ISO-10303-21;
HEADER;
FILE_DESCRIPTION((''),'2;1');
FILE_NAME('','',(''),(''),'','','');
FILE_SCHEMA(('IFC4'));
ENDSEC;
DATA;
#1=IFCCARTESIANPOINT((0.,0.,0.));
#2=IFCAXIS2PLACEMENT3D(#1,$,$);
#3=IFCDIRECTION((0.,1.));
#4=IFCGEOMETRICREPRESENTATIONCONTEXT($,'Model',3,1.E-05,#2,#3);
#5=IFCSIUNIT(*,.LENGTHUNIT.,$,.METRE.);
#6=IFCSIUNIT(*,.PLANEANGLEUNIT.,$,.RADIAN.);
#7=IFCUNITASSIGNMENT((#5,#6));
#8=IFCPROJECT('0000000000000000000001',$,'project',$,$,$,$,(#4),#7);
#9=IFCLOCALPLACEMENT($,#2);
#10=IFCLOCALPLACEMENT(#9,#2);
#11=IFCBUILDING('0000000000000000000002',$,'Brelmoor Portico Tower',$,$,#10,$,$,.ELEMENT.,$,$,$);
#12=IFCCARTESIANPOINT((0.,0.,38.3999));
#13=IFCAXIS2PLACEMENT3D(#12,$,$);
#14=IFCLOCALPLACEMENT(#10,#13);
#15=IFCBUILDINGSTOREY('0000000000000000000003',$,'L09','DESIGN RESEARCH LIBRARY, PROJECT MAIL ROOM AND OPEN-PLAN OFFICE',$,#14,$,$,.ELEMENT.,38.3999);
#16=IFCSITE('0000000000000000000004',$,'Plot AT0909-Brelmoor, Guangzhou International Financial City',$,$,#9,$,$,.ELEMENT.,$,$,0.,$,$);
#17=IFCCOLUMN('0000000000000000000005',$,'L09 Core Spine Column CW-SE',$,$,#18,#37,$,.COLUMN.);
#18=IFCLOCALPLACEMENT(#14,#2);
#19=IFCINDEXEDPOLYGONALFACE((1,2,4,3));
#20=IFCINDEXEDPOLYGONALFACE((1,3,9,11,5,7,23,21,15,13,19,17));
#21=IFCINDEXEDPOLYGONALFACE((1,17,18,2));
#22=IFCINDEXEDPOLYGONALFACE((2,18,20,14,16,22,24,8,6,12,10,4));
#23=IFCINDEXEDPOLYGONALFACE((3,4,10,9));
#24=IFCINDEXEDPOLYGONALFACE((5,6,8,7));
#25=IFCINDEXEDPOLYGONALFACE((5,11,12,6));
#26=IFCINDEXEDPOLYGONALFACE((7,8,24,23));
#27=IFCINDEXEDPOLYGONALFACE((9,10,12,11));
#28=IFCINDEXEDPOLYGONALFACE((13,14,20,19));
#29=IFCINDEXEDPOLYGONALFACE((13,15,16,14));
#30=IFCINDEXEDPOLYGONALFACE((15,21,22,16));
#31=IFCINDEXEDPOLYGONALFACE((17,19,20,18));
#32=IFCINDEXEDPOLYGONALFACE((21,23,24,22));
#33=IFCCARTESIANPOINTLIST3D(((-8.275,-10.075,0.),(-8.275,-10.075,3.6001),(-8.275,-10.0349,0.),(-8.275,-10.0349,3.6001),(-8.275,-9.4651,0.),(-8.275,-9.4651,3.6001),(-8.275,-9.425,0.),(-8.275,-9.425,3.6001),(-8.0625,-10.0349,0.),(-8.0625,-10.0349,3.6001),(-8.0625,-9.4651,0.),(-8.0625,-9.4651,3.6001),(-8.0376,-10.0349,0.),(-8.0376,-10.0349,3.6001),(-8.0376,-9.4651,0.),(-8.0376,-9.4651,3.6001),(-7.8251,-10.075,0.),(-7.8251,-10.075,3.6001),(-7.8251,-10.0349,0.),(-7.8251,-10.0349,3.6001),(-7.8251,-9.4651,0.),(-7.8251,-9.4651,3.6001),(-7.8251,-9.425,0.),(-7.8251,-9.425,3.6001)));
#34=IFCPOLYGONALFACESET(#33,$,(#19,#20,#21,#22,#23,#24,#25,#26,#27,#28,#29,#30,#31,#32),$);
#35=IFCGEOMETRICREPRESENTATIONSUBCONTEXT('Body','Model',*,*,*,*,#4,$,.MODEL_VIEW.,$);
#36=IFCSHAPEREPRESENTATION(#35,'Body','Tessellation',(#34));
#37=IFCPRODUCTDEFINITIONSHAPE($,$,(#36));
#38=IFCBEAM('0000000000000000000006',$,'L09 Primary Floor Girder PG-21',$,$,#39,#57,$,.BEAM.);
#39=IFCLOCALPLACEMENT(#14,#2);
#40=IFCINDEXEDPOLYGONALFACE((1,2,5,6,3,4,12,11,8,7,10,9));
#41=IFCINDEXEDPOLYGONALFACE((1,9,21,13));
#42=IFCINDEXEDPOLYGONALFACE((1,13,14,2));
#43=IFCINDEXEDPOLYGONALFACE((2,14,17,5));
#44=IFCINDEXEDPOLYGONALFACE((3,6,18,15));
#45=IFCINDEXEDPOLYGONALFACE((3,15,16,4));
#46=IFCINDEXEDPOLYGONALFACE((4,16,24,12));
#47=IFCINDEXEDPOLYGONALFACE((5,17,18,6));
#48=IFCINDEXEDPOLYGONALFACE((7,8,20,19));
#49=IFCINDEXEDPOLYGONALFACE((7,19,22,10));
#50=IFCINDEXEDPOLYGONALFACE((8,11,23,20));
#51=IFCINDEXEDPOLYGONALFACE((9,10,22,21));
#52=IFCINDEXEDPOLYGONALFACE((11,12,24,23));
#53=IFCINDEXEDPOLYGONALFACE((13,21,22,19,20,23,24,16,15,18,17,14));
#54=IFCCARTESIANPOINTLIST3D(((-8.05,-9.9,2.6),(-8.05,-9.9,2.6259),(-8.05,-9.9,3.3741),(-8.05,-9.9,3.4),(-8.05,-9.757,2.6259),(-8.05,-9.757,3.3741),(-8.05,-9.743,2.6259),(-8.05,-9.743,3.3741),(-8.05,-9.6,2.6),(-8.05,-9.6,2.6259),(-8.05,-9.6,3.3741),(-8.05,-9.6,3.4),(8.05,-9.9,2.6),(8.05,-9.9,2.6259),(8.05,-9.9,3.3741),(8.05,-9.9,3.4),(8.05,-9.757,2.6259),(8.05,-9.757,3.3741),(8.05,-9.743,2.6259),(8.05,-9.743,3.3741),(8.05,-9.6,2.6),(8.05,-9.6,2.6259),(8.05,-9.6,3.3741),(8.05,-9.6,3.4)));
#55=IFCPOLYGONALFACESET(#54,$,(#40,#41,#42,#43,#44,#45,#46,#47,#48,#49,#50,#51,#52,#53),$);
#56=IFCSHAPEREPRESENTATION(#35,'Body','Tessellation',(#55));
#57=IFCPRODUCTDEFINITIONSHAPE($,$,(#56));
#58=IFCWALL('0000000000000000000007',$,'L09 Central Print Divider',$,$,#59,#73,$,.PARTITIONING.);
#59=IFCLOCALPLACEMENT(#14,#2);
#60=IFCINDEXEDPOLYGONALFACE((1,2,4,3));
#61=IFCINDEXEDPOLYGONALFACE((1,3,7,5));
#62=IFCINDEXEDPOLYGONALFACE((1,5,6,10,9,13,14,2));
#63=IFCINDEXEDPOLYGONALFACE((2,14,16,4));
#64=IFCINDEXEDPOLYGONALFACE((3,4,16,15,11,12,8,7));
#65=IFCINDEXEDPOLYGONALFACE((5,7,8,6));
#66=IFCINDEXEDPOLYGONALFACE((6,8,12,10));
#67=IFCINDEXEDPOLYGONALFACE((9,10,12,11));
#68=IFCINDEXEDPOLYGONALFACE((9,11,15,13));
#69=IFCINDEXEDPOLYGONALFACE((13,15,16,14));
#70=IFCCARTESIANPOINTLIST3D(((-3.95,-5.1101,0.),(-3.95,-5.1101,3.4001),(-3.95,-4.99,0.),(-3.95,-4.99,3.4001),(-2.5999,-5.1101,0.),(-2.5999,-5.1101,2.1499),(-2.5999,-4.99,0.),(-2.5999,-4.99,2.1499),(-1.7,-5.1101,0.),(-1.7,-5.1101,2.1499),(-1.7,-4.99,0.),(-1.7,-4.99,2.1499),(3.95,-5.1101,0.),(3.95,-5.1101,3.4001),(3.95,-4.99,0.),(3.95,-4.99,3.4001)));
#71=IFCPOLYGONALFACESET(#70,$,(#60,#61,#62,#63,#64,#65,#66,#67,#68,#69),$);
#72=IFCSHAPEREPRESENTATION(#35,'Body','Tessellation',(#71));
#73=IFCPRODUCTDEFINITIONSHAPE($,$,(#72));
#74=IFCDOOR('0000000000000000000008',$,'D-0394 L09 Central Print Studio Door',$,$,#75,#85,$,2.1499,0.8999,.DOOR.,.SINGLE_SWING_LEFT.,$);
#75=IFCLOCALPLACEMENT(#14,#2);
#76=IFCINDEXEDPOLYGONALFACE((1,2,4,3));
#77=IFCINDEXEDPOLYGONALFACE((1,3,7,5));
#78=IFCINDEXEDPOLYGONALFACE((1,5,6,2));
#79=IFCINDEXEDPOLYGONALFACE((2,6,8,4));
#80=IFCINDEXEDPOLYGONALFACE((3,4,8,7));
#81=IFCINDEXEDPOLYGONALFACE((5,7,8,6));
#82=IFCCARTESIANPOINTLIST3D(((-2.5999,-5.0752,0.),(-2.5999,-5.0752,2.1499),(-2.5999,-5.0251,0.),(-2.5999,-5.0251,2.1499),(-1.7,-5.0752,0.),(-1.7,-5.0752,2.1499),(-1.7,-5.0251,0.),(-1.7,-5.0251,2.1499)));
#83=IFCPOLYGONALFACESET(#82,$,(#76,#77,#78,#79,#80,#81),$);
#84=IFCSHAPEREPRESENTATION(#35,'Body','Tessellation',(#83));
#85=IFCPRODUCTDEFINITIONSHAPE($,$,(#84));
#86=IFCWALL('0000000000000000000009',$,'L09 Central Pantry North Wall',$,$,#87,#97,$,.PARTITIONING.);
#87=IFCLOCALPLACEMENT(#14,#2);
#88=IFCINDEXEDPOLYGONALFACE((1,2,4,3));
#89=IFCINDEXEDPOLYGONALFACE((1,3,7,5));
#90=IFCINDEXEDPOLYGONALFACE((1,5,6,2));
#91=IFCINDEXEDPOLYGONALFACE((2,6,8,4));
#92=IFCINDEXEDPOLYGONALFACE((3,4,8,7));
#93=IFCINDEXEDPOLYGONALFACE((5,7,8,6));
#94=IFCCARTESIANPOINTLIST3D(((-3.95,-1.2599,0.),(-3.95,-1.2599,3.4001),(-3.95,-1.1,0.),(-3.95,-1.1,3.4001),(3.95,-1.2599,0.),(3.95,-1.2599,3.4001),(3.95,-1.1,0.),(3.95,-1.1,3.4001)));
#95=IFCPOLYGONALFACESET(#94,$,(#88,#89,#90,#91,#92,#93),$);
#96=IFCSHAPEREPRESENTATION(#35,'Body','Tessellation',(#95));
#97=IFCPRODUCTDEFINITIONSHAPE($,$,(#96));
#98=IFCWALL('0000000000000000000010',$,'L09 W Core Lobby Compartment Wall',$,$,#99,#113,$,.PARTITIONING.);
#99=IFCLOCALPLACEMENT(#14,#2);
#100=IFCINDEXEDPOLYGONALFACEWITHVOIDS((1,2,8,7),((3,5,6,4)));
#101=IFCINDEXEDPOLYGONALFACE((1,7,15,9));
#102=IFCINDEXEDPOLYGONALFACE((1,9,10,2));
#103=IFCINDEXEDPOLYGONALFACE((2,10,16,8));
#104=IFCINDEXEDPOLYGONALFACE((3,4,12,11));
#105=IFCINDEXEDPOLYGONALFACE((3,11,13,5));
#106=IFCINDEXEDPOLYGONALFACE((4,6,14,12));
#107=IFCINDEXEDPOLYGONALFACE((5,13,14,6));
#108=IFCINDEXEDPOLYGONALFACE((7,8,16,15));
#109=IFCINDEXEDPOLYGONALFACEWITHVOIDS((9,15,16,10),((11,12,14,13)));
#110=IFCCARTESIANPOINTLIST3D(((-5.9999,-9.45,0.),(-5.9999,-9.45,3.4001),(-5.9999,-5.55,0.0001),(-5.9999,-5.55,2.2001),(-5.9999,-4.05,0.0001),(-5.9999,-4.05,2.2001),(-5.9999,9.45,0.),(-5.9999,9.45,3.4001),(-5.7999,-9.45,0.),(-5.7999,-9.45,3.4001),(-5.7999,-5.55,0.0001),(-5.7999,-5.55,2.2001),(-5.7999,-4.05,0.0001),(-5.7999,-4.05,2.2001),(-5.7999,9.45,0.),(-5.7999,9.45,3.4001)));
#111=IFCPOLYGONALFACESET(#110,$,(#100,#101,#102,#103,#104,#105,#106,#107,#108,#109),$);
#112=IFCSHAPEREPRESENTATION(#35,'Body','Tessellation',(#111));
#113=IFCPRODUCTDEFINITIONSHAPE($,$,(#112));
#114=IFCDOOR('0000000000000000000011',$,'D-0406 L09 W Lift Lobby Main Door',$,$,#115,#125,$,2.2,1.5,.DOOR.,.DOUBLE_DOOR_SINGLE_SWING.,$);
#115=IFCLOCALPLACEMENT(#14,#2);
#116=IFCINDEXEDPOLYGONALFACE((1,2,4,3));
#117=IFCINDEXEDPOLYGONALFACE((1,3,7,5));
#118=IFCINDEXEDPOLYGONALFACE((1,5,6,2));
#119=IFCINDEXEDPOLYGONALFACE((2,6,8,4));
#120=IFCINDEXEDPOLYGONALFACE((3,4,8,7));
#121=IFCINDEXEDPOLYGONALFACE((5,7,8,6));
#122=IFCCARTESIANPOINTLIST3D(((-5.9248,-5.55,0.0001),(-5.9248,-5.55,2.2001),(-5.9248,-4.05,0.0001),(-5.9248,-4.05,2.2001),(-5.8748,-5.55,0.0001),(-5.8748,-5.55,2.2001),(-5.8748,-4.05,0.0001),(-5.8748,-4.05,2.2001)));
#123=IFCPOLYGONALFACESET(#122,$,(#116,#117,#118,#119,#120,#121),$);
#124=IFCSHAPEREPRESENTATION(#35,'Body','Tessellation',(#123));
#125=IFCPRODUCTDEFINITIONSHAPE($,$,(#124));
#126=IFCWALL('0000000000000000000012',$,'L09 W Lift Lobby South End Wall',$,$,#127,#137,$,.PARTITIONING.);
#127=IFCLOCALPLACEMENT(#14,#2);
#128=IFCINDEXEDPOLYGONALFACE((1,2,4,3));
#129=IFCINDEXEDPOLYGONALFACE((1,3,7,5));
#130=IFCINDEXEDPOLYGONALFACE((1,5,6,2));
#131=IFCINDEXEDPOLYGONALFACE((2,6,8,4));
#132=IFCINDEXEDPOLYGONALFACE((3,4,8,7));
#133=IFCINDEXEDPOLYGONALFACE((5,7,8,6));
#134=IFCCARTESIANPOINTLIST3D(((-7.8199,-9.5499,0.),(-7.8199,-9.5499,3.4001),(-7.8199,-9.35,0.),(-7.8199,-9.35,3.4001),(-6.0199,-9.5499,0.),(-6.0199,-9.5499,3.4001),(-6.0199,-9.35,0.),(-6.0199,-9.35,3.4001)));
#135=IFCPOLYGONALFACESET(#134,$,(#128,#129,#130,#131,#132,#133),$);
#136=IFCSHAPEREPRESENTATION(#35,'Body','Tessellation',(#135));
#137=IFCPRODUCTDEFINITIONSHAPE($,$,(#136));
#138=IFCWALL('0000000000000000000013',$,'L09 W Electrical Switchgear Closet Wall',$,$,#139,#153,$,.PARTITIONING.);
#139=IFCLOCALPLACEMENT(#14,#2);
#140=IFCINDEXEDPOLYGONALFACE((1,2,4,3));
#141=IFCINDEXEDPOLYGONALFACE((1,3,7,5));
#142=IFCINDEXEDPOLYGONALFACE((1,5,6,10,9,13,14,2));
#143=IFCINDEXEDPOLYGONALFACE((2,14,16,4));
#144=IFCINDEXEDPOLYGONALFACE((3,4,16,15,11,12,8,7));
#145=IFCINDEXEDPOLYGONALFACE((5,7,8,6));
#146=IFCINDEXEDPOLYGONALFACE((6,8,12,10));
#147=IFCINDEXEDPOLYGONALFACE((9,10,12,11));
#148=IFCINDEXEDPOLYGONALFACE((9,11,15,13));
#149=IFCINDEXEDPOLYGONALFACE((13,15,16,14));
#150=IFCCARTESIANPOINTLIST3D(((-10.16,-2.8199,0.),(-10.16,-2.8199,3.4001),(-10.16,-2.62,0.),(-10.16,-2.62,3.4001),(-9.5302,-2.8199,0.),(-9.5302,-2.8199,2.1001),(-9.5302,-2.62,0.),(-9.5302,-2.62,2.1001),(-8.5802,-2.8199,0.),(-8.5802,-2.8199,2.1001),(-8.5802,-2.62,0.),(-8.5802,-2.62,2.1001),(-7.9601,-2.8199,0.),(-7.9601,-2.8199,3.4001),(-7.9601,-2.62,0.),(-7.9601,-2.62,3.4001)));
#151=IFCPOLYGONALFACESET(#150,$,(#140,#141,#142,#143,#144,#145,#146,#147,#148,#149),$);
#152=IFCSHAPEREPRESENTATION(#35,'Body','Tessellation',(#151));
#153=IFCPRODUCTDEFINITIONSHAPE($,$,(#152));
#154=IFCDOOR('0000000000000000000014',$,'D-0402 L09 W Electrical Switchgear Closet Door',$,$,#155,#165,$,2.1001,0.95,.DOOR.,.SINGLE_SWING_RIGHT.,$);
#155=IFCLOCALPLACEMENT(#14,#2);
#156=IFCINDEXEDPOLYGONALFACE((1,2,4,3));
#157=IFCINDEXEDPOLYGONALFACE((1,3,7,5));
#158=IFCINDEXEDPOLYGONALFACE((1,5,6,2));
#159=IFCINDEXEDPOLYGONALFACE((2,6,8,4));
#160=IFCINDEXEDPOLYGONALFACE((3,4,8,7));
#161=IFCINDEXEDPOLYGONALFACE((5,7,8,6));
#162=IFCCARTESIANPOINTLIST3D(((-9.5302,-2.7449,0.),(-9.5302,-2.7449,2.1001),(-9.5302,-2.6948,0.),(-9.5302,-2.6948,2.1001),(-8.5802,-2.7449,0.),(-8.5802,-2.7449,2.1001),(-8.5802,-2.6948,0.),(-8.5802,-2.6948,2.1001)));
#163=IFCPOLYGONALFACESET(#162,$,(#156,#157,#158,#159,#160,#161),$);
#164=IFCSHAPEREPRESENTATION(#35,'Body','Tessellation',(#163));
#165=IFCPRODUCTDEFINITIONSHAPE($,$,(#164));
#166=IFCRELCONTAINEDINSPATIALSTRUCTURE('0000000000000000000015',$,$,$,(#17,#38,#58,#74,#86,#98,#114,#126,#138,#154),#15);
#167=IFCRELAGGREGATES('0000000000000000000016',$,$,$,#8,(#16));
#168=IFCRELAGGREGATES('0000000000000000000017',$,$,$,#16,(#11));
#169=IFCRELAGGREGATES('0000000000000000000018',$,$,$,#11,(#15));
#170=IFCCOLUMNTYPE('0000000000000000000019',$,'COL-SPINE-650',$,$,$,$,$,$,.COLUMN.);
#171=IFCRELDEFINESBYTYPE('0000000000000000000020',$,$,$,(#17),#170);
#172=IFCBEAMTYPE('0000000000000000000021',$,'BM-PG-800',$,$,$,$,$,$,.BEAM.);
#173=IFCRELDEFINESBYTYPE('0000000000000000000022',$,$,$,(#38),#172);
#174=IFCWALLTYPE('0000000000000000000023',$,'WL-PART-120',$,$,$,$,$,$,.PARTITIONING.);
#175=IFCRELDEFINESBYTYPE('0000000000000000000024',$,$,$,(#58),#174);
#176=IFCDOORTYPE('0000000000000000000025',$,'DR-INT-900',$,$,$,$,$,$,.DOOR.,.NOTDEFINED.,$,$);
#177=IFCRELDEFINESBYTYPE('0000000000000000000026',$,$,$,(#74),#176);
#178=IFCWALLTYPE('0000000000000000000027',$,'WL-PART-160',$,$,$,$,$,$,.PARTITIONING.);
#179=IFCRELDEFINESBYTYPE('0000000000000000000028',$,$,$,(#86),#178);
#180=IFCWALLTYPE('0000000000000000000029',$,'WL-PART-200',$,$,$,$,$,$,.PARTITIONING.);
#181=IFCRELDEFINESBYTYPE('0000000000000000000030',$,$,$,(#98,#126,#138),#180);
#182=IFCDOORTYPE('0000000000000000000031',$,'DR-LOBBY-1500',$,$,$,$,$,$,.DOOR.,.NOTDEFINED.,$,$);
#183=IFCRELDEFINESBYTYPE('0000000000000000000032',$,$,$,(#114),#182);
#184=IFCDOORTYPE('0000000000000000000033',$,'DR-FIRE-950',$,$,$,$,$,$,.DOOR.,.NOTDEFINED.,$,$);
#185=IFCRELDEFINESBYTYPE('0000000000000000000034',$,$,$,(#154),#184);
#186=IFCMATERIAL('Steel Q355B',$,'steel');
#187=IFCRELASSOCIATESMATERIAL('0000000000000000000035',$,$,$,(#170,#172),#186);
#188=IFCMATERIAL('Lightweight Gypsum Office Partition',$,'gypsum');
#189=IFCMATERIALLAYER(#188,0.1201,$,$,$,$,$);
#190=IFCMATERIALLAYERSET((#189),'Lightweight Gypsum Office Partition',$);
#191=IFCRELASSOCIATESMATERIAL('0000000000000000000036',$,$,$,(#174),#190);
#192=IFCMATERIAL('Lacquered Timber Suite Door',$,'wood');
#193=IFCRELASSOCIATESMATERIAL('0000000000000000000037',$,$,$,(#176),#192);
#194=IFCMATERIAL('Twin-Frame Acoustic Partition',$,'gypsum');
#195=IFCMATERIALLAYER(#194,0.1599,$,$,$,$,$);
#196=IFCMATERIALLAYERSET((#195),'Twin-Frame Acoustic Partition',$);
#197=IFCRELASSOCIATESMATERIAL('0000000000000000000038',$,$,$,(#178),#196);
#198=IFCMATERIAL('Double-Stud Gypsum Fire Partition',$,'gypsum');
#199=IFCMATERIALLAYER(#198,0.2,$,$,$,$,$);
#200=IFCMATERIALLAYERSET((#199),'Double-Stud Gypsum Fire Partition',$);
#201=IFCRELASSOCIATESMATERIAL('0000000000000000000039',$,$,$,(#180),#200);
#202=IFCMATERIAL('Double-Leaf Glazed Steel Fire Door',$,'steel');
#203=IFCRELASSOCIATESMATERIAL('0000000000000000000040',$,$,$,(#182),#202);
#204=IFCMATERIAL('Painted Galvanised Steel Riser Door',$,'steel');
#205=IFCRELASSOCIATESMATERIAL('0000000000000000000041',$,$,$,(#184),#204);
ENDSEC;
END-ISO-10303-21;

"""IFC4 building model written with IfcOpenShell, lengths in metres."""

from ifc_helpers import new_model, si_unit, direction, frame, frame_2d, origin, origin_2d, place, context, subcontext, project, spatial, rectangle, i_section, extrude, material, layer, layer_set, material_profile, profile_set, type_object, element, fill, save


model = new_model("IFC4")

# Units and contexts
model_context = context("Model", 3, precision=1e-05, world=origin(), true_north=direction((0.0, 1.0)))
body_context = subcontext(model_context, "Body", "Model", "MODEL_VIEW")
ifc_project = project(units=[si_unit("LENGTHUNIT", "METRE"), si_unit("PLANEANGLEUNIT", "RADIAN")], contexts=[model_context])

# Site, building, storey
site_placement = place(None, origin())
site = spatial("IfcSite", under=ifc_project, at=site_placement, Name="Plot AT0909-Brelmoor, Guangzhou International Financial City", CompositionType="ELEMENT", RefElevation=0.0)
building_placement = place(site_placement, origin())
building = spatial("IfcBuilding", under=site, at=building_placement, Name="Brelmoor Portico Tower", CompositionType="ELEMENT")
storey_placement = place(building_placement, frame((0.0, 0.0, 38.3999)))
storey = spatial("IfcBuildingStorey", under=building, at=storey_placement, Name="L09", Description="DESIGN RESEARCH LIBRARY, PROJECT MAIL ROOM AND OPEN-PLAN OFFICE", CompositionType="ELEMENT", Elevation=38.3999)

# Column
ifc_material_1 = material(Name="Steel Q355B", Category="steel")
ifc_material_profile_1 = material_profile(ifc_material_1, i_section(OverallWidth=0.45, OverallDepth=0.6499, WebThickness=0.0249, FlangeThickness=0.04, at=origin_2d()), Name="HW 650x450x25x40")
ifc_profile_set_1 = profile_set([ifc_material_profile_1], Name="Steel Q355B")
column_type = type_object("IfcColumnType", Name="COL-SPINE-650", PredefinedType="COLUMN", material=ifc_profile_set_1)
column_placement = place(storey_placement, frame((-8.05, -9.75, 0.0), z_axis=(0.0, 0.0, 1.0), x_axis=(1.0, 0.0, 0.0)))
element("IfcColumn", 1, at=column_placement, inside=storey, type_object=column_type, Name="L09 Core Spine Column CW-SE", PredefinedType="COLUMN", context=body_context, shape_type="SweptSolid", body=[
    extrude(i_section(OverallWidth=0.45, OverallDepth=0.6499, WebThickness=0.0249, FlangeThickness=0.04, at=origin_2d()), origin(), (0.0, 0.0, 1.0), 3.6001),
])

# Beam
ifc_material_profile_2 = material_profile(ifc_material_1, i_section(OverallWidth=0.3, OverallDepth=0.8, WebThickness=0.0139, FlangeThickness=0.0259, at=origin_2d()), Name="HN 800x300x14x26")
ifc_profile_set_2 = profile_set([ifc_material_profile_2], Name="Steel Q355B")
beam_type = type_object("IfcBeamType", Name="BM-PG-800", PredefinedType="BEAM", material=ifc_profile_set_2)
beam_placement = place(storey_placement, frame((-8.05, -9.75, 3.0), z_axis=(1.0, 0.0, 0.0), x_axis=(0.0, 1.0, 0.0)))
element("IfcBeam", 2, at=beam_placement, inside=storey, type_object=beam_type, Name="L09 Primary Floor Girder PG-21", PredefinedType="BEAM", context=body_context, shape_type="SweptSolid", body=[
    extrude(i_section(OverallWidth=0.3, OverallDepth=0.8, WebThickness=0.0139, FlangeThickness=0.0259, at=origin_2d()), origin(), (0.0, 0.0, 1.0), 16.1001),
])

# Wall, opening, door
ifc_material_2 = material(Name="Lightweight Gypsum Office Partition", Category="gypsum")
ifc_layer_1 = layer(ifc_material_2, 0.1201)
ifc_layer_set_1 = layer_set([ifc_layer_1], Name="Lightweight Gypsum Office Partition")
wall_type_1 = type_object("IfcWallType", Name="WL-PART-120", PredefinedType="PARTITIONING", material=ifc_layer_set_1)
wall_1_placement = place(storey_placement, frame((-3.95, -5.05, 0.0), z_axis=(0.0, 0.0, 1.0), x_axis=(1.0, 0.0, 0.0)))
wall_1 = element("IfcWall", 3, at=wall_1_placement, inside=storey, type_object=wall_type_1, Name="L09 Central Print Divider", PredefinedType="PARTITIONING", context=body_context, shape_type="SweptSolid", body=[
    extrude(rectangle(XDim=7.8999, YDim=0.1201, at=frame_2d((3.95, 0.0))), origin(), (0.0, 0.0, 1.0), 3.4001),
])
opening_1_placement = place(wall_1_placement, frame((1.3501, 0.0, 0.0)))
opening_1 = element("IfcOpeningElement", 4, at=opening_1_placement, cuts=wall_1, PredefinedType="OPENING", context=body_context, shape_type="SweptSolid", body=[
    extrude(rectangle(XDim=0.8999, YDim=2.1499, at=frame_2d((0.45, 1.075))), frame((0.0, 0.0701, 0.0), z_axis=(0.0, -1.0, 0.0), x_axis=(1.0, 0.0, 0.0)), (0.0, 0.0, 1.0), 0.1401),
])
ifc_material_3 = material(Name="Lacquered Timber Suite Door", Category="wood")
door_type_1 = type_object("IfcDoorType", Name="DR-INT-900", OperationType="NOTDEFINED", PredefinedType="DOOR", material=ifc_material_3)
door_1_placement = place(opening_1_placement, origin())
door_1 = element("IfcDoor", 5, at=door_1_placement, inside=storey, type_object=door_type_1, Name="D-0394 L09 Central Print Studio Door", OperationType="SINGLE_SWING_LEFT", OverallHeight=2.1499, OverallWidth=0.8999, PredefinedType="DOOR", context=body_context, shape_type="SweptSolid", body=[
    extrude(rectangle(XDim=0.8999, YDim=2.1499, at=frame_2d((0.45, 1.075))), frame((0.0, 0.0249, 0.0), z_axis=(0.0, -1.0, 0.0), x_axis=(1.0, 0.0, 0.0)), (0.0, 0.0, 1.0), 0.05),
])
fill(opening_1, door_1)
ifc_material_4 = material(Name="Twin-Frame Acoustic Partition", Category="gypsum")
ifc_layer_2 = layer(ifc_material_4, 0.1599)
ifc_layer_set_2 = layer_set([ifc_layer_2], Name="Twin-Frame Acoustic Partition")
wall_type_2 = type_object("IfcWallType", Name="WL-PART-160", PredefinedType="PARTITIONING", material=ifc_layer_set_2)

# Wall
wall_2_placement = place(storey_placement, frame((-3.95, -1.1799, 0.0), z_axis=(0.0, 0.0, 1.0), x_axis=(1.0, 0.0, 0.0)))
element("IfcWall", 6, at=wall_2_placement, inside=storey, type_object=wall_type_2, Name="L09 Central Pantry North Wall", PredefinedType="PARTITIONING", context=body_context, shape_type="SweptSolid", body=[
    extrude(rectangle(XDim=7.8999, YDim=0.1599, at=frame_2d((3.95, 0.0))), origin(), (0.0, 0.0, 1.0), 3.4001),
])

# Wall, opening, door
ifc_material_5 = material(Name="Double-Stud Gypsum Fire Partition", Category="gypsum")
ifc_layer_3 = layer(ifc_material_5, 0.2)
ifc_layer_set_3 = layer_set([ifc_layer_3], Name="Double-Stud Gypsum Fire Partition")
wall_type_3 = type_object("IfcWallType", Name="WL-PART-200", PredefinedType="PARTITIONING", material=ifc_layer_set_3)
wall_3_placement = place(storey_placement, frame((-5.8999, -9.45, 0.0), z_axis=(0.0, 0.0, 1.0), x_axis=(0.0, 1.0, 0.0)))
wall_3 = element("IfcWall", 7, at=wall_3_placement, inside=storey, type_object=wall_type_3, Name="L09 W Core Lobby Compartment Wall", PredefinedType="PARTITIONING", context=body_context, shape_type="SweptSolid", body=[
    extrude(rectangle(XDim=18.8999, YDim=0.2, at=frame_2d((9.45, 0.0))), origin(), (0.0, 0.0, 1.0), 3.4001),
])
opening_2_placement = place(wall_3_placement, frame((3.8999, 0.0, 0.0)))
opening_2 = element("IfcOpeningElement", 8, at=opening_2_placement, cuts=wall_3, PredefinedType="OPENING", context=body_context, shape_type="SweptSolid", body=[
    extrude(rectangle(XDim=1.5, YDim=2.2, at=frame_2d((0.75, 1.1001))), frame((0.0, 0.1099, 0.0), z_axis=(0.0, -1.0, 0.0), x_axis=(1.0, 0.0, 0.0)), (0.0, 0.0, 1.0), 0.22),
])
ifc_material_6 = material(Name="Double-Leaf Glazed Steel Fire Door", Category="steel")
door_type_2 = type_object("IfcDoorType", Name="DR-LOBBY-1500", OperationType="NOTDEFINED", PredefinedType="DOOR", material=ifc_material_6)
door_2_placement = place(opening_2_placement, origin())
door_2 = element("IfcDoor", 9, at=door_2_placement, inside=storey, type_object=door_type_2, Name="D-0406 L09 W Lift Lobby Main Door", OperationType="DOUBLE_DOOR_SINGLE_SWING", OverallHeight=2.2, OverallWidth=1.5, PredefinedType="DOOR", context=body_context, shape_type="SweptSolid", body=[
    extrude(rectangle(XDim=1.5, YDim=2.2, at=frame_2d((0.75, 1.1001))), frame((0.0, 0.0249, 0.0), z_axis=(0.0, -1.0, 0.0), x_axis=(1.0, 0.0, 0.0)), (0.0, 0.0, 1.0), 0.05),
])
fill(opening_2, door_2)

# Wall
wall_4_placement = place(storey_placement, frame((-6.02, -9.45, 0.0), z_axis=(0.0, 0.0, 1.0), x_axis=(-1.0, 0.0, 0.0)))
element("IfcWall", 10, at=wall_4_placement, inside=storey, type_object=wall_type_3, Name="L09 W Lift Lobby South End Wall", PredefinedType="PARTITIONING", context=body_context, shape_type="SweptSolid", body=[
    extrude(rectangle(XDim=1.8, YDim=0.2, at=frame_2d((0.8999, 0.0))), origin(), (0.0, 0.0, 1.0), 3.4001),
])

# Wall, opening, door
wall_5_placement = place(storey_placement, frame((-7.96, -2.72, 0.0), z_axis=(0.0, 0.0, 1.0), x_axis=(-1.0, 0.0, 0.0)))
wall_5 = element("IfcWall", 11, at=wall_5_placement, inside=storey, type_object=wall_type_3, Name="L09 W Electrical Switchgear Closet Wall", PredefinedType="PARTITIONING", context=body_context, shape_type="SweptSolid", body=[
    extrude(rectangle(XDim=2.2, YDim=0.2, at=frame_2d((1.1001, 0.0))), origin(), (0.0, 0.0, 1.0), 3.4001),
])
opening_3_placement = place(wall_5_placement, frame((0.6201, 0.0, 0.0)))
opening_3 = element("IfcOpeningElement", 12, at=opening_3_placement, cuts=wall_5, PredefinedType="OPENING", context=body_context, shape_type="SweptSolid", body=[
    extrude(rectangle(XDim=0.95, YDim=2.1001, at=frame_2d((0.4751, 1.05))), frame((0.0, 0.1099, 0.0), z_axis=(0.0, -1.0, 0.0), x_axis=(1.0, 0.0, 0.0)), (0.0, 0.0, 1.0), 0.22),
])
ifc_material_7 = material(Name="Painted Galvanised Steel Riser Door", Category="steel")
door_type_3 = type_object("IfcDoorType", Name="DR-FIRE-950", OperationType="NOTDEFINED", PredefinedType="DOOR", material=ifc_material_7)
door_3_placement = place(opening_3_placement, origin())
door_3 = element("IfcDoor", 13, at=door_3_placement, inside=storey, type_object=door_type_3, Name="D-0402 L09 W Electrical Switchgear Closet Door", OperationType="SINGLE_SWING_RIGHT", OverallHeight=2.1001, OverallWidth=0.95, PredefinedType="DOOR", context=body_context, shape_type="SweptSolid", body=[
    extrude(rectangle(XDim=0.95, YDim=2.1001, at=frame_2d((0.4751, 1.05))), frame((0.0, 0.0249, 0.0), z_axis=(0.0, -1.0, 0.0), x_axis=(1.0, 0.0, 0.0)), (0.0, 0.0, 1.0), 0.05),
])
fill(opening_3, door_3)

save(model, "model.ifc")
